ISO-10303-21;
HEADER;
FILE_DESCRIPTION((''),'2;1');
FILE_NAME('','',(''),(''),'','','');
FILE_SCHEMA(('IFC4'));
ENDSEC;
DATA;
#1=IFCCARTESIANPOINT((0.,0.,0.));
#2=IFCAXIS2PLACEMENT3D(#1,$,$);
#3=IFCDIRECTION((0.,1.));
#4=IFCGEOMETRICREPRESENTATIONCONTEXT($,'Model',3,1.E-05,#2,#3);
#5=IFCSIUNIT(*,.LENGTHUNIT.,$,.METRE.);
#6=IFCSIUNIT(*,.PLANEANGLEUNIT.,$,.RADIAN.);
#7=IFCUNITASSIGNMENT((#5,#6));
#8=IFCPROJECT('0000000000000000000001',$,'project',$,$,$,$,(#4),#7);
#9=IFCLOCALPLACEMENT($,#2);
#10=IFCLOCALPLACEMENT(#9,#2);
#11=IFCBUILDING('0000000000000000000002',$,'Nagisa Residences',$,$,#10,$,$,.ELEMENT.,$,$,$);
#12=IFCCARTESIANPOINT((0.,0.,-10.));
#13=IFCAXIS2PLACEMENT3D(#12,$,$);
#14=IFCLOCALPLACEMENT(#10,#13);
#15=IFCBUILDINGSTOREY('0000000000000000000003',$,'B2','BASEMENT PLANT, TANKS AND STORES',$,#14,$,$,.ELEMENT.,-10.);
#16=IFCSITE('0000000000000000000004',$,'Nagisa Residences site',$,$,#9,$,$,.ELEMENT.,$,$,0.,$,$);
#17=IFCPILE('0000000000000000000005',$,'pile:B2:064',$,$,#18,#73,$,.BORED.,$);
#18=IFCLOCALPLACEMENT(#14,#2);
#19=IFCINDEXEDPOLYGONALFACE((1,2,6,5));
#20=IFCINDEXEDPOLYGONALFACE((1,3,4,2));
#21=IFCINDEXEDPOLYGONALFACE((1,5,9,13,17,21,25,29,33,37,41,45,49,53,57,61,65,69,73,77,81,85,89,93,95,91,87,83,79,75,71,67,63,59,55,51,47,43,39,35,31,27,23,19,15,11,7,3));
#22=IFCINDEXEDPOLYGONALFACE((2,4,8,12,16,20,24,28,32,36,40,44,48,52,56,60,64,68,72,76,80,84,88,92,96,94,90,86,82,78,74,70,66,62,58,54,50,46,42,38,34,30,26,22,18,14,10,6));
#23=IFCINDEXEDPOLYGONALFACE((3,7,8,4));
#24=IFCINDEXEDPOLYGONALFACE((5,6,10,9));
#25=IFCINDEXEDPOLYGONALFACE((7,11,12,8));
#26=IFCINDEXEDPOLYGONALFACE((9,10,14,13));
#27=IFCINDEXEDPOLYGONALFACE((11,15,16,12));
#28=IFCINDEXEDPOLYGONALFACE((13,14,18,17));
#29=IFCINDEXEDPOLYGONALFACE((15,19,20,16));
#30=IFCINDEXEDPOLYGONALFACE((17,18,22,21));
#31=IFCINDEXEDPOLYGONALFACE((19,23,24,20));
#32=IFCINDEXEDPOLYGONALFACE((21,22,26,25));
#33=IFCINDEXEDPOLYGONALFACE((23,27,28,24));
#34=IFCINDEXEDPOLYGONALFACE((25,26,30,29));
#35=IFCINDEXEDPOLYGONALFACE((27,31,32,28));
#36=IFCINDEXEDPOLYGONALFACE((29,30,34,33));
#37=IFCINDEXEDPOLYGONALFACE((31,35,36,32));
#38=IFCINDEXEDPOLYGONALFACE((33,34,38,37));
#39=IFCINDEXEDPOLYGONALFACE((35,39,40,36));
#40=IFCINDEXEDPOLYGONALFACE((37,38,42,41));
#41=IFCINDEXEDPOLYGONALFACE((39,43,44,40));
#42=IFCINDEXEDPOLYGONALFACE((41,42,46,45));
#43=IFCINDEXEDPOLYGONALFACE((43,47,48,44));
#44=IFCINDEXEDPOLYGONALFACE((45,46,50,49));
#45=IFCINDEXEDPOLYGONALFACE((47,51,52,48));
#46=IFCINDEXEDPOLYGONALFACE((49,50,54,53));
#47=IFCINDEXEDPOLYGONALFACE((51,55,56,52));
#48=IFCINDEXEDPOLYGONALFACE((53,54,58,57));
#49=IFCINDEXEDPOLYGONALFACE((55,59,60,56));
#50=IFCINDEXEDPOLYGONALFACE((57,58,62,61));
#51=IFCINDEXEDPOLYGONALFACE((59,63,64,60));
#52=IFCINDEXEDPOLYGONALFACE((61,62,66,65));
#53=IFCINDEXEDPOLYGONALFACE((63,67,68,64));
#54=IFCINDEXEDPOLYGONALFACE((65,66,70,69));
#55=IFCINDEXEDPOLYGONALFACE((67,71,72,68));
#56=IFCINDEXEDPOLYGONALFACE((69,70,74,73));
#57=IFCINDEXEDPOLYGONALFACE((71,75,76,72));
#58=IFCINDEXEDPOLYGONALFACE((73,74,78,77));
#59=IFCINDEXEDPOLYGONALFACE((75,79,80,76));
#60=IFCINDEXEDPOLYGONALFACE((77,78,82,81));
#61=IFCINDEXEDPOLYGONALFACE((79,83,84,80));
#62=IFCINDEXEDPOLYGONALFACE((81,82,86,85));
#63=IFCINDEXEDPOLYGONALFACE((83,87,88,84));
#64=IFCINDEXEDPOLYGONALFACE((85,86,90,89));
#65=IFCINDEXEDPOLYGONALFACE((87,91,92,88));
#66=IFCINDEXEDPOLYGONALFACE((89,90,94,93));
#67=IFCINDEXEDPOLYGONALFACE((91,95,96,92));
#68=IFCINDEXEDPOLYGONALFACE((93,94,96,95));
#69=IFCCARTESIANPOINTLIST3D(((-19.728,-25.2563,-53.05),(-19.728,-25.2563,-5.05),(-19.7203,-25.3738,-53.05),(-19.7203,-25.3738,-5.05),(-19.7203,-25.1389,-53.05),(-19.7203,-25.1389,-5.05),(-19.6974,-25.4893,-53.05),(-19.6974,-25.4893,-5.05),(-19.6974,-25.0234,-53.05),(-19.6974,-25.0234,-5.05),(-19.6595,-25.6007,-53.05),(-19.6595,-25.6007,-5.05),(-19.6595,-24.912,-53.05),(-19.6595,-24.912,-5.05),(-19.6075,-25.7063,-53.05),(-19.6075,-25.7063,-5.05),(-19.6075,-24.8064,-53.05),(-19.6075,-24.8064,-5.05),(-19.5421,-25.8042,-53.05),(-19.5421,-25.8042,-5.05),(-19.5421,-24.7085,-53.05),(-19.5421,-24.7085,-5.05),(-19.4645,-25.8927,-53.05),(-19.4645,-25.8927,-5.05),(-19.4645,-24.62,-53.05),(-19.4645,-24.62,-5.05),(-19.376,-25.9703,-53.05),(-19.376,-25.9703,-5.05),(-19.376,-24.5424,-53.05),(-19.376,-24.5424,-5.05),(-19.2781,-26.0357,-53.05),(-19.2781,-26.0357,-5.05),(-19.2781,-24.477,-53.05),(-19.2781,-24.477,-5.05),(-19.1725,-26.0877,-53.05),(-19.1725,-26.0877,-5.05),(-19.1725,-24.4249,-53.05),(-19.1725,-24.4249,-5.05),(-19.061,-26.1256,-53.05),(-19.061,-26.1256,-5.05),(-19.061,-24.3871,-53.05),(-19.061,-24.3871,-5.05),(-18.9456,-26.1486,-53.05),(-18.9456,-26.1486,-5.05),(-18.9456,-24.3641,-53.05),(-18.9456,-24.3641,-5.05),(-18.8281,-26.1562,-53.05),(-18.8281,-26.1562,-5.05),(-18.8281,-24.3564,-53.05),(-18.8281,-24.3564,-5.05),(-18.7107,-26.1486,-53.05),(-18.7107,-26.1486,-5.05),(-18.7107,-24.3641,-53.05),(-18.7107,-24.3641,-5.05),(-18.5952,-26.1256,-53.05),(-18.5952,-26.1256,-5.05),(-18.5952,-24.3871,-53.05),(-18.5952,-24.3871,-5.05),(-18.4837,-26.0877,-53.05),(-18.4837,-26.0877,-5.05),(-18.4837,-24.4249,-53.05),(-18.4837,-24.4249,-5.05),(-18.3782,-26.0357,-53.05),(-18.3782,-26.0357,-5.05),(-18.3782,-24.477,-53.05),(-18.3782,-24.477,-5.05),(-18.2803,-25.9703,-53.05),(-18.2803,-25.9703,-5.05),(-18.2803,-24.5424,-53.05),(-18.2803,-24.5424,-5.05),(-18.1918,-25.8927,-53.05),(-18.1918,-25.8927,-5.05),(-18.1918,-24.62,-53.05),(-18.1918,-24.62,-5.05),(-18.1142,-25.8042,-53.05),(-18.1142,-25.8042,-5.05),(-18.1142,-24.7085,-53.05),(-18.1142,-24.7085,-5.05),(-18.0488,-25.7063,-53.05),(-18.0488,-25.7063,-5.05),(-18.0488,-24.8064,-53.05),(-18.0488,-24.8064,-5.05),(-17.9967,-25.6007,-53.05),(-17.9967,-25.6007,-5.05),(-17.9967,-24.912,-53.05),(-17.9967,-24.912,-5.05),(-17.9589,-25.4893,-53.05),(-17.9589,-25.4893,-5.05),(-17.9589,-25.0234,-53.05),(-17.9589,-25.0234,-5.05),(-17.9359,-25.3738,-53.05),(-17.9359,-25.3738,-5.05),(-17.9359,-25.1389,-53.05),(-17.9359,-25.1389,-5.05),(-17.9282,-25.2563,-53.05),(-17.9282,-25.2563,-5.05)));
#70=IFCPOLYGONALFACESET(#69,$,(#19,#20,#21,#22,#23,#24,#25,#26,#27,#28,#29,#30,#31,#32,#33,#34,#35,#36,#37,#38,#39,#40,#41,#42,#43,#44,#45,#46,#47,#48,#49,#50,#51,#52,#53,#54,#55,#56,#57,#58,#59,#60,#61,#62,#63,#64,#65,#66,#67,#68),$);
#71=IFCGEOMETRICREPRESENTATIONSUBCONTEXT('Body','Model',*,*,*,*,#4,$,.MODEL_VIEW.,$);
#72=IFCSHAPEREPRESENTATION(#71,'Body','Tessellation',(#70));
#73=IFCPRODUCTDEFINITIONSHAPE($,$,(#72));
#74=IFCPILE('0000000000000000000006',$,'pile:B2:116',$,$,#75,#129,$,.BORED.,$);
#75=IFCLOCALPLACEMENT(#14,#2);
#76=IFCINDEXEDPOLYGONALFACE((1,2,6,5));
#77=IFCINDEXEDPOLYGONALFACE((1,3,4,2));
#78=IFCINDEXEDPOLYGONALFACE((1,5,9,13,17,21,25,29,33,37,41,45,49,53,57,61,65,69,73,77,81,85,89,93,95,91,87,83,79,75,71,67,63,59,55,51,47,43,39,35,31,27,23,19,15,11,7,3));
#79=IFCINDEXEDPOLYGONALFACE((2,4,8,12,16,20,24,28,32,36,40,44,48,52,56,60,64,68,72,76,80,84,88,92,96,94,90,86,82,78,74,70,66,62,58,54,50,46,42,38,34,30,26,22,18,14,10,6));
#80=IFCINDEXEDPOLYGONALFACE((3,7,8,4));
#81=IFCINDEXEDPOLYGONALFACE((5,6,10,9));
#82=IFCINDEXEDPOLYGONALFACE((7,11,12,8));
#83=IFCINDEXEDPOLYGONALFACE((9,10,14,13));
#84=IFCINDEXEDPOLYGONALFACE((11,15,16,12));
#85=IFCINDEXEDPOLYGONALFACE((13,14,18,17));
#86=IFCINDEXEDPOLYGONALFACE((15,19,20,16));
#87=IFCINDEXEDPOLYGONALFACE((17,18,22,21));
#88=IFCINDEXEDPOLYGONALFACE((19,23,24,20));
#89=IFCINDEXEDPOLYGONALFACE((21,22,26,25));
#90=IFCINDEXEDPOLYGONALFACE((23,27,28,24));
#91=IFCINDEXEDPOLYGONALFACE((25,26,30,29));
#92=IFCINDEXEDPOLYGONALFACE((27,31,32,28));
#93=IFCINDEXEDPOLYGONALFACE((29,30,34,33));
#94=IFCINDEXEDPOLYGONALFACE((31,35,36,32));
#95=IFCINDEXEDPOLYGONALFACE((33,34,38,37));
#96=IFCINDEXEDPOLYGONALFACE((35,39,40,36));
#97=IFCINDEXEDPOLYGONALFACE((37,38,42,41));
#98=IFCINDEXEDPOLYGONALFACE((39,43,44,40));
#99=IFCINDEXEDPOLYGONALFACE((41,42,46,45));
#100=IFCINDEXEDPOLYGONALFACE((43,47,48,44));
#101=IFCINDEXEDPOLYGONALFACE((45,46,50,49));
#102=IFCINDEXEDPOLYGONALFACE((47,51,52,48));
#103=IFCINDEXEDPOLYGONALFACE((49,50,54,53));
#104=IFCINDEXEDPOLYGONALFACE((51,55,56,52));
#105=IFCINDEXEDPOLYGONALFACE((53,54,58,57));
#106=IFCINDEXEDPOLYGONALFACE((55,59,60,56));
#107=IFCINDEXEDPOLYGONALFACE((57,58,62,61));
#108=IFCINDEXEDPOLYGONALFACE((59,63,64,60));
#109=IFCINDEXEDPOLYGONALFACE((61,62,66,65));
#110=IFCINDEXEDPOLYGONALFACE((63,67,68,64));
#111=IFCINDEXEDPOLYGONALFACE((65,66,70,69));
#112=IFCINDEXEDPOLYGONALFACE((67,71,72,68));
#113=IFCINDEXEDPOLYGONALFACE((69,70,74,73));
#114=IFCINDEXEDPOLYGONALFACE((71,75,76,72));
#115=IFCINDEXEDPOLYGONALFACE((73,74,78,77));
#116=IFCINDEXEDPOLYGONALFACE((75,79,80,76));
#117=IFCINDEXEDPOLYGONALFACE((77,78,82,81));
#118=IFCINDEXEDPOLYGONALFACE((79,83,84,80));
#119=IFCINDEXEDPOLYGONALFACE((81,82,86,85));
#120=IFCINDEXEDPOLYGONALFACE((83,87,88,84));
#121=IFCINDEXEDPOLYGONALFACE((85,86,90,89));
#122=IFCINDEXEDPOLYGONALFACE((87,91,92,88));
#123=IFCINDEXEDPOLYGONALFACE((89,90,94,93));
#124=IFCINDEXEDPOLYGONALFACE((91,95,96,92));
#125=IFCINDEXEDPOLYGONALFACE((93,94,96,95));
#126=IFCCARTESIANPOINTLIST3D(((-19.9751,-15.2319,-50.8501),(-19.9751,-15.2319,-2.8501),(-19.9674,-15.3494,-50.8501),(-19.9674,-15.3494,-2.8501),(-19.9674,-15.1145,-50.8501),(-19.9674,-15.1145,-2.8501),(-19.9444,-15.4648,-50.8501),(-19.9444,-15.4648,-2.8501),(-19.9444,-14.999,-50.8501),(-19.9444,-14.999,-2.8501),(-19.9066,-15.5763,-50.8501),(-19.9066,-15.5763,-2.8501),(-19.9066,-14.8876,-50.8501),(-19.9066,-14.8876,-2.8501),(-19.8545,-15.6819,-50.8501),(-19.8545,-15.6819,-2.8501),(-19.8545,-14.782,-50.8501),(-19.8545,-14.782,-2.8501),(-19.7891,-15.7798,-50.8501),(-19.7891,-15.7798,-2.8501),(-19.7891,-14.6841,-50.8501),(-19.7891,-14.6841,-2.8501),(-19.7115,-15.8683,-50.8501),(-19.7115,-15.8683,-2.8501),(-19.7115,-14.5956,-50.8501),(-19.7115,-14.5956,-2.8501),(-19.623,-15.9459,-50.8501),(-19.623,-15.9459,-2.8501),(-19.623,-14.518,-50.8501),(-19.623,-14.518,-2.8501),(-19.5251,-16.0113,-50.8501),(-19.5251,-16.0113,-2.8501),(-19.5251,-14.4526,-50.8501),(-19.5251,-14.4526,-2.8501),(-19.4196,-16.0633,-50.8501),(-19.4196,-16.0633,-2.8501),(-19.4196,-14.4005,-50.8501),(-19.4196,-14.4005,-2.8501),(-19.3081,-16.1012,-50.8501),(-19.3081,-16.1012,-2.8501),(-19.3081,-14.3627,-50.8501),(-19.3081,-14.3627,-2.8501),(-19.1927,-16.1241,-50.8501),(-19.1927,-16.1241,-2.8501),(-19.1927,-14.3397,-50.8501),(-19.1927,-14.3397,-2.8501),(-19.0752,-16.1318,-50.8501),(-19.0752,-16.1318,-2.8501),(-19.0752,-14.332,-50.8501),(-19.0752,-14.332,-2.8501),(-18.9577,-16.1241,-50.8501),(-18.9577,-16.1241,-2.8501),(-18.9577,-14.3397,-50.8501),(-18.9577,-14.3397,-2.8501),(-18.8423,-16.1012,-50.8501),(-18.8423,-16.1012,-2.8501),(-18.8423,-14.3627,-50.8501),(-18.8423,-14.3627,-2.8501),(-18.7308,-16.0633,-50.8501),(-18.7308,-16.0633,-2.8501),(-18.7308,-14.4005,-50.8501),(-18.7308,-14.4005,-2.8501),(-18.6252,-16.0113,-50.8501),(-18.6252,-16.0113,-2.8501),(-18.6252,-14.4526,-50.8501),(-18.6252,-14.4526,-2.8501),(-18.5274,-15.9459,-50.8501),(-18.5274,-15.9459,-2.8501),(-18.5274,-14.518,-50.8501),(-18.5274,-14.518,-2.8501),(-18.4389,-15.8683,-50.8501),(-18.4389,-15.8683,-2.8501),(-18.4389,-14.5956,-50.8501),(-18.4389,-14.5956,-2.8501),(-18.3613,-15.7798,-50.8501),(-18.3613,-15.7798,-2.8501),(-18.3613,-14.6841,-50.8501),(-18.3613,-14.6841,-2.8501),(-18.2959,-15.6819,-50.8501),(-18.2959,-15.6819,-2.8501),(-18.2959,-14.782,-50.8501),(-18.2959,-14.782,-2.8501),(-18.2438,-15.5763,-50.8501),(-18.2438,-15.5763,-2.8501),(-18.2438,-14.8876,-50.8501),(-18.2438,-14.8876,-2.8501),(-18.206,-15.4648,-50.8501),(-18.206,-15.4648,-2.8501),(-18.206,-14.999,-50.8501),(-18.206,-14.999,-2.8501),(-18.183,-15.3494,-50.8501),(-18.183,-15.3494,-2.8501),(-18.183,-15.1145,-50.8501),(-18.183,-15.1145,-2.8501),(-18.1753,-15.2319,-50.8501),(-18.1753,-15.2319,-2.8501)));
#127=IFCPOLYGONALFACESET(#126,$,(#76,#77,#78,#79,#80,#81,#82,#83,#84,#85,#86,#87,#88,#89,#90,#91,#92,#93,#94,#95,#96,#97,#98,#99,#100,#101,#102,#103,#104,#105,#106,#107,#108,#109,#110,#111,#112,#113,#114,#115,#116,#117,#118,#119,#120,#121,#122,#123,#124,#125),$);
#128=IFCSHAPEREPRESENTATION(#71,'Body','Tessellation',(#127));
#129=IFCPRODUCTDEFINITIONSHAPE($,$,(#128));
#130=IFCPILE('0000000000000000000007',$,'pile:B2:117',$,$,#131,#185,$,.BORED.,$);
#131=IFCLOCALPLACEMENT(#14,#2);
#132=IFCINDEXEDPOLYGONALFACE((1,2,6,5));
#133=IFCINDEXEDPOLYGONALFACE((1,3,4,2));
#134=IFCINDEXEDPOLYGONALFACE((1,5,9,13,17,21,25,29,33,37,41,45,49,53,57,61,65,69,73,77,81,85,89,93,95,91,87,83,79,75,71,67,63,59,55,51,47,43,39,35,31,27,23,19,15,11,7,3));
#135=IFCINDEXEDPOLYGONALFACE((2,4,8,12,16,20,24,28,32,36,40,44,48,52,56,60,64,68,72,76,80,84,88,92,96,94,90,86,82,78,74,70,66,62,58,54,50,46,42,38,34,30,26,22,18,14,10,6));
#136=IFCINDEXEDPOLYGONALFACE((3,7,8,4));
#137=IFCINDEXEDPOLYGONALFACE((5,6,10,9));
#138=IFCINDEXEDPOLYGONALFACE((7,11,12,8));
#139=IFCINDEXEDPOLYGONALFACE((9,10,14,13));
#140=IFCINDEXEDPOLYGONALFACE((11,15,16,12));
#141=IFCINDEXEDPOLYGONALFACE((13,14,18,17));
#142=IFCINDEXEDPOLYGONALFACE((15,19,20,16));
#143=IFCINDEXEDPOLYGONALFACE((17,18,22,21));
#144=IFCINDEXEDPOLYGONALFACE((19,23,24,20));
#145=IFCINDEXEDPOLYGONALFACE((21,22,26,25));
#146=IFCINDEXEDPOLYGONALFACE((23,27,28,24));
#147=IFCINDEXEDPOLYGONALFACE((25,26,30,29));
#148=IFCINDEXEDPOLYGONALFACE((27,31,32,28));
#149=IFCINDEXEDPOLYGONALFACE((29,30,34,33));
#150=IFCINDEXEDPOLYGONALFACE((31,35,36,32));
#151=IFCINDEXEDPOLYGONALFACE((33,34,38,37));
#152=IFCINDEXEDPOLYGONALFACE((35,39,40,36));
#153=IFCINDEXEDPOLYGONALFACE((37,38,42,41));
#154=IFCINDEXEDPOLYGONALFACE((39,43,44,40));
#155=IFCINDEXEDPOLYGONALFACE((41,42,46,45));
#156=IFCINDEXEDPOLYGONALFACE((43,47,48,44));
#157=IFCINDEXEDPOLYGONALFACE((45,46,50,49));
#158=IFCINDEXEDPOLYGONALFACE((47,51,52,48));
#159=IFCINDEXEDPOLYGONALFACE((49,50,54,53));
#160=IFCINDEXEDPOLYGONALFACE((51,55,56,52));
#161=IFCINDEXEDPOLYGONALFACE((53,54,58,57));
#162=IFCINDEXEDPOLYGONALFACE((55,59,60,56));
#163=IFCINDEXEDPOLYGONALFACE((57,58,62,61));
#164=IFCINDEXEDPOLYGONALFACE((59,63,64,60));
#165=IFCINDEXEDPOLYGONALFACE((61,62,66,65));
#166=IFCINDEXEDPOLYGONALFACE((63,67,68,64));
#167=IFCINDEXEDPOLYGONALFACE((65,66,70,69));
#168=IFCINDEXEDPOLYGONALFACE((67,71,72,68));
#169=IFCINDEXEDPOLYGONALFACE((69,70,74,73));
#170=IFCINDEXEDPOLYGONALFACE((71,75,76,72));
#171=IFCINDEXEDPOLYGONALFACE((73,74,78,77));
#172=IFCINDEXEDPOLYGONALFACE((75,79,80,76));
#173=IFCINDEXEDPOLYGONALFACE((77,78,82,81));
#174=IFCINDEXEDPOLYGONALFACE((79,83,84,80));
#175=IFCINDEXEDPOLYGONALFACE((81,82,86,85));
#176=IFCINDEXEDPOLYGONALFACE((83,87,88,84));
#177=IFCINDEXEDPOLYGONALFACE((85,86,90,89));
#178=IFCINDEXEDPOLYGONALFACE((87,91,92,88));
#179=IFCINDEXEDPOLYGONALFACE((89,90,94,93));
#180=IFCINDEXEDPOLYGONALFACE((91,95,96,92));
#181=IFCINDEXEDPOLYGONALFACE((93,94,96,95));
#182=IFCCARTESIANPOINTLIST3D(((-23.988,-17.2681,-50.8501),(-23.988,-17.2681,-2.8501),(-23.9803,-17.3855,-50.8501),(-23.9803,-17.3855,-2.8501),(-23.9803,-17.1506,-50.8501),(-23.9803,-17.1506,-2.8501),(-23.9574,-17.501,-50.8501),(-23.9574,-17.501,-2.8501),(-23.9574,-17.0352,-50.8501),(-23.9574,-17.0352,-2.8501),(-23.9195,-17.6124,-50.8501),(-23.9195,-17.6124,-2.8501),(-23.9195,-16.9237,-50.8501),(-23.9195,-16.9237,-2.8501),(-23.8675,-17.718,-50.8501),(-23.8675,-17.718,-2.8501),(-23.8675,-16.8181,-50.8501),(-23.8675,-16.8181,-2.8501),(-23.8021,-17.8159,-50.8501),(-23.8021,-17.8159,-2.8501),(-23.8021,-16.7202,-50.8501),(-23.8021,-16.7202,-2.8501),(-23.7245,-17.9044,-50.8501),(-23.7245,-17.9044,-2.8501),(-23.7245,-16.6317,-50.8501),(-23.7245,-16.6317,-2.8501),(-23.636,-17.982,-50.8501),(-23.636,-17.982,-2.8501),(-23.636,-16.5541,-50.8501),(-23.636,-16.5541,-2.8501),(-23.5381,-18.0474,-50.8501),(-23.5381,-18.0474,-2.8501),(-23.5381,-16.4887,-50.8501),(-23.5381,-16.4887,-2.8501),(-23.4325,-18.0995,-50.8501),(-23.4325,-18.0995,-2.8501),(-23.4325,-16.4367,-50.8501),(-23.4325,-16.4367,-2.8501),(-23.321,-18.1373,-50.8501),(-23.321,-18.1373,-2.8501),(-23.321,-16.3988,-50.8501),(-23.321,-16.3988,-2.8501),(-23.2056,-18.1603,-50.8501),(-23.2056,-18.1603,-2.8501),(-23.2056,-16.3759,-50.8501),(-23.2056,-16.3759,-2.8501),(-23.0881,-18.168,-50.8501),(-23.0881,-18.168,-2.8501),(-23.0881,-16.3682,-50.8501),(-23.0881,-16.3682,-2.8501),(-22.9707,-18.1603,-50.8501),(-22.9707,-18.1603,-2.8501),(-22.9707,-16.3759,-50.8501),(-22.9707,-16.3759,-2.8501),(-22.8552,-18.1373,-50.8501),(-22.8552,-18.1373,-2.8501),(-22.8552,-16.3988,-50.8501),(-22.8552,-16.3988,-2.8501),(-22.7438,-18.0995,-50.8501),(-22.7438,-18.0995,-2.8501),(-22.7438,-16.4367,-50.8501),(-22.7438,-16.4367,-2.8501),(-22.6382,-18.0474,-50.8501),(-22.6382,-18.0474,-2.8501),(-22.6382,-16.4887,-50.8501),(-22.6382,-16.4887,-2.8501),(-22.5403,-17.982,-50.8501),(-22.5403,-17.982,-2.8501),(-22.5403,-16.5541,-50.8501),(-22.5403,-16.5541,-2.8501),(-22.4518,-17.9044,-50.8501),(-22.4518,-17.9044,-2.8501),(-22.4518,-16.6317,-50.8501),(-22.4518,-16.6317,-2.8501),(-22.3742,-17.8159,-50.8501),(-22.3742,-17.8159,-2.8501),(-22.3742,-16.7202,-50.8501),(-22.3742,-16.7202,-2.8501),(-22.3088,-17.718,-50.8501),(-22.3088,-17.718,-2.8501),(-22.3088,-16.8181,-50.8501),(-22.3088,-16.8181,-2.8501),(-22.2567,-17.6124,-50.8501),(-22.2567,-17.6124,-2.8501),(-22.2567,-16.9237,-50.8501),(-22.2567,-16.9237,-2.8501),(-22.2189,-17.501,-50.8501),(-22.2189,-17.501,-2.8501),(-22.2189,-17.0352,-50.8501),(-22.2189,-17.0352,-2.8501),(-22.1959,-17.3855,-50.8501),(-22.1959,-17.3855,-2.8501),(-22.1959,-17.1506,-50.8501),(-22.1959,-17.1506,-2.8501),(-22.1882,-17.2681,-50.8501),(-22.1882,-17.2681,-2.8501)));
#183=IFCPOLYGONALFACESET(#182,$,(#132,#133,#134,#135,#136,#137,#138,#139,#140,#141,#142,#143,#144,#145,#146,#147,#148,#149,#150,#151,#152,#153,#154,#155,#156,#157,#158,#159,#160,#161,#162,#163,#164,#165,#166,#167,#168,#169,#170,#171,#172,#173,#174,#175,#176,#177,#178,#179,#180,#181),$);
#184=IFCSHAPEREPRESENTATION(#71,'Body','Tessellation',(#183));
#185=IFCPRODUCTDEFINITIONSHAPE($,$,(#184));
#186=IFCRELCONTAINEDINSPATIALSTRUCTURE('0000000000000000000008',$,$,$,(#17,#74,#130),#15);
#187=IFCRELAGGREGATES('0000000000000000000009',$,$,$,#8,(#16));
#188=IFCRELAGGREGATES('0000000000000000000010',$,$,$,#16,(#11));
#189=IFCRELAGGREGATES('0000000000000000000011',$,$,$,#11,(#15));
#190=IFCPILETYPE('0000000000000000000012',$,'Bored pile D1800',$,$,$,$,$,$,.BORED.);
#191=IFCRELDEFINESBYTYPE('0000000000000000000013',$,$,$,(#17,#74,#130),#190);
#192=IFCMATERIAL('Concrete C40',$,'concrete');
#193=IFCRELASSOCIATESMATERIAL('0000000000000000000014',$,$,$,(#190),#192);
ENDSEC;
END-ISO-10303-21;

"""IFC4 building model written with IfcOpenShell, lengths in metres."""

from ifc_helpers import new_model, si_unit, direction, frame, origin, origin_2d, place, context, subcontext, project, spatial, circle, extrude, material, material_profile, profile_set, type_object, element, save


model = new_model("IFC4")

# Units and contexts
model_context = context("Model", 3, precision=1e-05, world=origin(), true_north=direction((0.0, 1.0)))
body_context = subcontext(model_context, "Body", "Model", "MODEL_VIEW")
ifc_project = project(units=[si_unit("LENGTHUNIT", "METRE"), si_unit("PLANEANGLEUNIT", "RADIAN")], contexts=[model_context])

# Site, building, storey
site_placement = place(None, origin())
site = spatial("IfcSite", under=ifc_project, at=site_placement, Name="Nagisa Residences site", CompositionType="ELEMENT", RefElevation=0.0)
building_placement = place(site_placement, origin())
building = spatial("IfcBuilding", under=site, at=building_placement, Name="Nagisa Residences", CompositionType="ELEMENT")
storey_placement = place(building_placement, frame((0.0, 0.0, -10.0)))
storey = spatial("IfcBuildingStorey", under=building, at=storey_placement, Name="B2", Description="BASEMENT PLANT, TANKS AND STORES", CompositionType="ELEMENT", Elevation=-10.0)

# Piles
ifc_material_1 = material(Name="Concrete C40", Category="concrete")
ifc_material_profile_1 = material_profile(ifc_material_1, circle(Radius=0.8999, at=origin_2d()), Name="Bored pile D1800")
ifc_profile_set_1 = profile_set([ifc_material_profile_1], Name="Concrete C40")
pile_type = type_object("IfcPileType", Name="Bored pile D1800", PredefinedType="BORED", material=ifc_profile_set_1)
for number, where, z_axis, x_axis, name in (
    (1, (-18.8281, -25.2563, -5.05), (0.0, 0.0, -1.0), (1.0, 0.0, 0.0), "pile:B2:064"),
    (2, (-19.0752, -15.2319, -2.8501), (0.0, 0.0, -1.0), (1.0, 0.0, 0.0), "pile:B2:116"),
    (3, (-23.0881, -17.2681, -2.8501), (0.0, 0.0, -1.0), (1.0, 0.0, 0.0), "pile:B2:117"),
):
    element("IfcPile", number, at=place(storey_placement, frame(where, z_axis=z_axis, x_axis=x_axis)), inside=storey, type_object=pile_type, Name=name, PredefinedType="BORED", context=body_context, shape_type="SweptSolid", body=[
        extrude(circle(Radius=0.8999, at=origin_2d()), origin(), (0.0, 0.0, 1.0), 48.0),
    ])

save(model, "model.ifc")
